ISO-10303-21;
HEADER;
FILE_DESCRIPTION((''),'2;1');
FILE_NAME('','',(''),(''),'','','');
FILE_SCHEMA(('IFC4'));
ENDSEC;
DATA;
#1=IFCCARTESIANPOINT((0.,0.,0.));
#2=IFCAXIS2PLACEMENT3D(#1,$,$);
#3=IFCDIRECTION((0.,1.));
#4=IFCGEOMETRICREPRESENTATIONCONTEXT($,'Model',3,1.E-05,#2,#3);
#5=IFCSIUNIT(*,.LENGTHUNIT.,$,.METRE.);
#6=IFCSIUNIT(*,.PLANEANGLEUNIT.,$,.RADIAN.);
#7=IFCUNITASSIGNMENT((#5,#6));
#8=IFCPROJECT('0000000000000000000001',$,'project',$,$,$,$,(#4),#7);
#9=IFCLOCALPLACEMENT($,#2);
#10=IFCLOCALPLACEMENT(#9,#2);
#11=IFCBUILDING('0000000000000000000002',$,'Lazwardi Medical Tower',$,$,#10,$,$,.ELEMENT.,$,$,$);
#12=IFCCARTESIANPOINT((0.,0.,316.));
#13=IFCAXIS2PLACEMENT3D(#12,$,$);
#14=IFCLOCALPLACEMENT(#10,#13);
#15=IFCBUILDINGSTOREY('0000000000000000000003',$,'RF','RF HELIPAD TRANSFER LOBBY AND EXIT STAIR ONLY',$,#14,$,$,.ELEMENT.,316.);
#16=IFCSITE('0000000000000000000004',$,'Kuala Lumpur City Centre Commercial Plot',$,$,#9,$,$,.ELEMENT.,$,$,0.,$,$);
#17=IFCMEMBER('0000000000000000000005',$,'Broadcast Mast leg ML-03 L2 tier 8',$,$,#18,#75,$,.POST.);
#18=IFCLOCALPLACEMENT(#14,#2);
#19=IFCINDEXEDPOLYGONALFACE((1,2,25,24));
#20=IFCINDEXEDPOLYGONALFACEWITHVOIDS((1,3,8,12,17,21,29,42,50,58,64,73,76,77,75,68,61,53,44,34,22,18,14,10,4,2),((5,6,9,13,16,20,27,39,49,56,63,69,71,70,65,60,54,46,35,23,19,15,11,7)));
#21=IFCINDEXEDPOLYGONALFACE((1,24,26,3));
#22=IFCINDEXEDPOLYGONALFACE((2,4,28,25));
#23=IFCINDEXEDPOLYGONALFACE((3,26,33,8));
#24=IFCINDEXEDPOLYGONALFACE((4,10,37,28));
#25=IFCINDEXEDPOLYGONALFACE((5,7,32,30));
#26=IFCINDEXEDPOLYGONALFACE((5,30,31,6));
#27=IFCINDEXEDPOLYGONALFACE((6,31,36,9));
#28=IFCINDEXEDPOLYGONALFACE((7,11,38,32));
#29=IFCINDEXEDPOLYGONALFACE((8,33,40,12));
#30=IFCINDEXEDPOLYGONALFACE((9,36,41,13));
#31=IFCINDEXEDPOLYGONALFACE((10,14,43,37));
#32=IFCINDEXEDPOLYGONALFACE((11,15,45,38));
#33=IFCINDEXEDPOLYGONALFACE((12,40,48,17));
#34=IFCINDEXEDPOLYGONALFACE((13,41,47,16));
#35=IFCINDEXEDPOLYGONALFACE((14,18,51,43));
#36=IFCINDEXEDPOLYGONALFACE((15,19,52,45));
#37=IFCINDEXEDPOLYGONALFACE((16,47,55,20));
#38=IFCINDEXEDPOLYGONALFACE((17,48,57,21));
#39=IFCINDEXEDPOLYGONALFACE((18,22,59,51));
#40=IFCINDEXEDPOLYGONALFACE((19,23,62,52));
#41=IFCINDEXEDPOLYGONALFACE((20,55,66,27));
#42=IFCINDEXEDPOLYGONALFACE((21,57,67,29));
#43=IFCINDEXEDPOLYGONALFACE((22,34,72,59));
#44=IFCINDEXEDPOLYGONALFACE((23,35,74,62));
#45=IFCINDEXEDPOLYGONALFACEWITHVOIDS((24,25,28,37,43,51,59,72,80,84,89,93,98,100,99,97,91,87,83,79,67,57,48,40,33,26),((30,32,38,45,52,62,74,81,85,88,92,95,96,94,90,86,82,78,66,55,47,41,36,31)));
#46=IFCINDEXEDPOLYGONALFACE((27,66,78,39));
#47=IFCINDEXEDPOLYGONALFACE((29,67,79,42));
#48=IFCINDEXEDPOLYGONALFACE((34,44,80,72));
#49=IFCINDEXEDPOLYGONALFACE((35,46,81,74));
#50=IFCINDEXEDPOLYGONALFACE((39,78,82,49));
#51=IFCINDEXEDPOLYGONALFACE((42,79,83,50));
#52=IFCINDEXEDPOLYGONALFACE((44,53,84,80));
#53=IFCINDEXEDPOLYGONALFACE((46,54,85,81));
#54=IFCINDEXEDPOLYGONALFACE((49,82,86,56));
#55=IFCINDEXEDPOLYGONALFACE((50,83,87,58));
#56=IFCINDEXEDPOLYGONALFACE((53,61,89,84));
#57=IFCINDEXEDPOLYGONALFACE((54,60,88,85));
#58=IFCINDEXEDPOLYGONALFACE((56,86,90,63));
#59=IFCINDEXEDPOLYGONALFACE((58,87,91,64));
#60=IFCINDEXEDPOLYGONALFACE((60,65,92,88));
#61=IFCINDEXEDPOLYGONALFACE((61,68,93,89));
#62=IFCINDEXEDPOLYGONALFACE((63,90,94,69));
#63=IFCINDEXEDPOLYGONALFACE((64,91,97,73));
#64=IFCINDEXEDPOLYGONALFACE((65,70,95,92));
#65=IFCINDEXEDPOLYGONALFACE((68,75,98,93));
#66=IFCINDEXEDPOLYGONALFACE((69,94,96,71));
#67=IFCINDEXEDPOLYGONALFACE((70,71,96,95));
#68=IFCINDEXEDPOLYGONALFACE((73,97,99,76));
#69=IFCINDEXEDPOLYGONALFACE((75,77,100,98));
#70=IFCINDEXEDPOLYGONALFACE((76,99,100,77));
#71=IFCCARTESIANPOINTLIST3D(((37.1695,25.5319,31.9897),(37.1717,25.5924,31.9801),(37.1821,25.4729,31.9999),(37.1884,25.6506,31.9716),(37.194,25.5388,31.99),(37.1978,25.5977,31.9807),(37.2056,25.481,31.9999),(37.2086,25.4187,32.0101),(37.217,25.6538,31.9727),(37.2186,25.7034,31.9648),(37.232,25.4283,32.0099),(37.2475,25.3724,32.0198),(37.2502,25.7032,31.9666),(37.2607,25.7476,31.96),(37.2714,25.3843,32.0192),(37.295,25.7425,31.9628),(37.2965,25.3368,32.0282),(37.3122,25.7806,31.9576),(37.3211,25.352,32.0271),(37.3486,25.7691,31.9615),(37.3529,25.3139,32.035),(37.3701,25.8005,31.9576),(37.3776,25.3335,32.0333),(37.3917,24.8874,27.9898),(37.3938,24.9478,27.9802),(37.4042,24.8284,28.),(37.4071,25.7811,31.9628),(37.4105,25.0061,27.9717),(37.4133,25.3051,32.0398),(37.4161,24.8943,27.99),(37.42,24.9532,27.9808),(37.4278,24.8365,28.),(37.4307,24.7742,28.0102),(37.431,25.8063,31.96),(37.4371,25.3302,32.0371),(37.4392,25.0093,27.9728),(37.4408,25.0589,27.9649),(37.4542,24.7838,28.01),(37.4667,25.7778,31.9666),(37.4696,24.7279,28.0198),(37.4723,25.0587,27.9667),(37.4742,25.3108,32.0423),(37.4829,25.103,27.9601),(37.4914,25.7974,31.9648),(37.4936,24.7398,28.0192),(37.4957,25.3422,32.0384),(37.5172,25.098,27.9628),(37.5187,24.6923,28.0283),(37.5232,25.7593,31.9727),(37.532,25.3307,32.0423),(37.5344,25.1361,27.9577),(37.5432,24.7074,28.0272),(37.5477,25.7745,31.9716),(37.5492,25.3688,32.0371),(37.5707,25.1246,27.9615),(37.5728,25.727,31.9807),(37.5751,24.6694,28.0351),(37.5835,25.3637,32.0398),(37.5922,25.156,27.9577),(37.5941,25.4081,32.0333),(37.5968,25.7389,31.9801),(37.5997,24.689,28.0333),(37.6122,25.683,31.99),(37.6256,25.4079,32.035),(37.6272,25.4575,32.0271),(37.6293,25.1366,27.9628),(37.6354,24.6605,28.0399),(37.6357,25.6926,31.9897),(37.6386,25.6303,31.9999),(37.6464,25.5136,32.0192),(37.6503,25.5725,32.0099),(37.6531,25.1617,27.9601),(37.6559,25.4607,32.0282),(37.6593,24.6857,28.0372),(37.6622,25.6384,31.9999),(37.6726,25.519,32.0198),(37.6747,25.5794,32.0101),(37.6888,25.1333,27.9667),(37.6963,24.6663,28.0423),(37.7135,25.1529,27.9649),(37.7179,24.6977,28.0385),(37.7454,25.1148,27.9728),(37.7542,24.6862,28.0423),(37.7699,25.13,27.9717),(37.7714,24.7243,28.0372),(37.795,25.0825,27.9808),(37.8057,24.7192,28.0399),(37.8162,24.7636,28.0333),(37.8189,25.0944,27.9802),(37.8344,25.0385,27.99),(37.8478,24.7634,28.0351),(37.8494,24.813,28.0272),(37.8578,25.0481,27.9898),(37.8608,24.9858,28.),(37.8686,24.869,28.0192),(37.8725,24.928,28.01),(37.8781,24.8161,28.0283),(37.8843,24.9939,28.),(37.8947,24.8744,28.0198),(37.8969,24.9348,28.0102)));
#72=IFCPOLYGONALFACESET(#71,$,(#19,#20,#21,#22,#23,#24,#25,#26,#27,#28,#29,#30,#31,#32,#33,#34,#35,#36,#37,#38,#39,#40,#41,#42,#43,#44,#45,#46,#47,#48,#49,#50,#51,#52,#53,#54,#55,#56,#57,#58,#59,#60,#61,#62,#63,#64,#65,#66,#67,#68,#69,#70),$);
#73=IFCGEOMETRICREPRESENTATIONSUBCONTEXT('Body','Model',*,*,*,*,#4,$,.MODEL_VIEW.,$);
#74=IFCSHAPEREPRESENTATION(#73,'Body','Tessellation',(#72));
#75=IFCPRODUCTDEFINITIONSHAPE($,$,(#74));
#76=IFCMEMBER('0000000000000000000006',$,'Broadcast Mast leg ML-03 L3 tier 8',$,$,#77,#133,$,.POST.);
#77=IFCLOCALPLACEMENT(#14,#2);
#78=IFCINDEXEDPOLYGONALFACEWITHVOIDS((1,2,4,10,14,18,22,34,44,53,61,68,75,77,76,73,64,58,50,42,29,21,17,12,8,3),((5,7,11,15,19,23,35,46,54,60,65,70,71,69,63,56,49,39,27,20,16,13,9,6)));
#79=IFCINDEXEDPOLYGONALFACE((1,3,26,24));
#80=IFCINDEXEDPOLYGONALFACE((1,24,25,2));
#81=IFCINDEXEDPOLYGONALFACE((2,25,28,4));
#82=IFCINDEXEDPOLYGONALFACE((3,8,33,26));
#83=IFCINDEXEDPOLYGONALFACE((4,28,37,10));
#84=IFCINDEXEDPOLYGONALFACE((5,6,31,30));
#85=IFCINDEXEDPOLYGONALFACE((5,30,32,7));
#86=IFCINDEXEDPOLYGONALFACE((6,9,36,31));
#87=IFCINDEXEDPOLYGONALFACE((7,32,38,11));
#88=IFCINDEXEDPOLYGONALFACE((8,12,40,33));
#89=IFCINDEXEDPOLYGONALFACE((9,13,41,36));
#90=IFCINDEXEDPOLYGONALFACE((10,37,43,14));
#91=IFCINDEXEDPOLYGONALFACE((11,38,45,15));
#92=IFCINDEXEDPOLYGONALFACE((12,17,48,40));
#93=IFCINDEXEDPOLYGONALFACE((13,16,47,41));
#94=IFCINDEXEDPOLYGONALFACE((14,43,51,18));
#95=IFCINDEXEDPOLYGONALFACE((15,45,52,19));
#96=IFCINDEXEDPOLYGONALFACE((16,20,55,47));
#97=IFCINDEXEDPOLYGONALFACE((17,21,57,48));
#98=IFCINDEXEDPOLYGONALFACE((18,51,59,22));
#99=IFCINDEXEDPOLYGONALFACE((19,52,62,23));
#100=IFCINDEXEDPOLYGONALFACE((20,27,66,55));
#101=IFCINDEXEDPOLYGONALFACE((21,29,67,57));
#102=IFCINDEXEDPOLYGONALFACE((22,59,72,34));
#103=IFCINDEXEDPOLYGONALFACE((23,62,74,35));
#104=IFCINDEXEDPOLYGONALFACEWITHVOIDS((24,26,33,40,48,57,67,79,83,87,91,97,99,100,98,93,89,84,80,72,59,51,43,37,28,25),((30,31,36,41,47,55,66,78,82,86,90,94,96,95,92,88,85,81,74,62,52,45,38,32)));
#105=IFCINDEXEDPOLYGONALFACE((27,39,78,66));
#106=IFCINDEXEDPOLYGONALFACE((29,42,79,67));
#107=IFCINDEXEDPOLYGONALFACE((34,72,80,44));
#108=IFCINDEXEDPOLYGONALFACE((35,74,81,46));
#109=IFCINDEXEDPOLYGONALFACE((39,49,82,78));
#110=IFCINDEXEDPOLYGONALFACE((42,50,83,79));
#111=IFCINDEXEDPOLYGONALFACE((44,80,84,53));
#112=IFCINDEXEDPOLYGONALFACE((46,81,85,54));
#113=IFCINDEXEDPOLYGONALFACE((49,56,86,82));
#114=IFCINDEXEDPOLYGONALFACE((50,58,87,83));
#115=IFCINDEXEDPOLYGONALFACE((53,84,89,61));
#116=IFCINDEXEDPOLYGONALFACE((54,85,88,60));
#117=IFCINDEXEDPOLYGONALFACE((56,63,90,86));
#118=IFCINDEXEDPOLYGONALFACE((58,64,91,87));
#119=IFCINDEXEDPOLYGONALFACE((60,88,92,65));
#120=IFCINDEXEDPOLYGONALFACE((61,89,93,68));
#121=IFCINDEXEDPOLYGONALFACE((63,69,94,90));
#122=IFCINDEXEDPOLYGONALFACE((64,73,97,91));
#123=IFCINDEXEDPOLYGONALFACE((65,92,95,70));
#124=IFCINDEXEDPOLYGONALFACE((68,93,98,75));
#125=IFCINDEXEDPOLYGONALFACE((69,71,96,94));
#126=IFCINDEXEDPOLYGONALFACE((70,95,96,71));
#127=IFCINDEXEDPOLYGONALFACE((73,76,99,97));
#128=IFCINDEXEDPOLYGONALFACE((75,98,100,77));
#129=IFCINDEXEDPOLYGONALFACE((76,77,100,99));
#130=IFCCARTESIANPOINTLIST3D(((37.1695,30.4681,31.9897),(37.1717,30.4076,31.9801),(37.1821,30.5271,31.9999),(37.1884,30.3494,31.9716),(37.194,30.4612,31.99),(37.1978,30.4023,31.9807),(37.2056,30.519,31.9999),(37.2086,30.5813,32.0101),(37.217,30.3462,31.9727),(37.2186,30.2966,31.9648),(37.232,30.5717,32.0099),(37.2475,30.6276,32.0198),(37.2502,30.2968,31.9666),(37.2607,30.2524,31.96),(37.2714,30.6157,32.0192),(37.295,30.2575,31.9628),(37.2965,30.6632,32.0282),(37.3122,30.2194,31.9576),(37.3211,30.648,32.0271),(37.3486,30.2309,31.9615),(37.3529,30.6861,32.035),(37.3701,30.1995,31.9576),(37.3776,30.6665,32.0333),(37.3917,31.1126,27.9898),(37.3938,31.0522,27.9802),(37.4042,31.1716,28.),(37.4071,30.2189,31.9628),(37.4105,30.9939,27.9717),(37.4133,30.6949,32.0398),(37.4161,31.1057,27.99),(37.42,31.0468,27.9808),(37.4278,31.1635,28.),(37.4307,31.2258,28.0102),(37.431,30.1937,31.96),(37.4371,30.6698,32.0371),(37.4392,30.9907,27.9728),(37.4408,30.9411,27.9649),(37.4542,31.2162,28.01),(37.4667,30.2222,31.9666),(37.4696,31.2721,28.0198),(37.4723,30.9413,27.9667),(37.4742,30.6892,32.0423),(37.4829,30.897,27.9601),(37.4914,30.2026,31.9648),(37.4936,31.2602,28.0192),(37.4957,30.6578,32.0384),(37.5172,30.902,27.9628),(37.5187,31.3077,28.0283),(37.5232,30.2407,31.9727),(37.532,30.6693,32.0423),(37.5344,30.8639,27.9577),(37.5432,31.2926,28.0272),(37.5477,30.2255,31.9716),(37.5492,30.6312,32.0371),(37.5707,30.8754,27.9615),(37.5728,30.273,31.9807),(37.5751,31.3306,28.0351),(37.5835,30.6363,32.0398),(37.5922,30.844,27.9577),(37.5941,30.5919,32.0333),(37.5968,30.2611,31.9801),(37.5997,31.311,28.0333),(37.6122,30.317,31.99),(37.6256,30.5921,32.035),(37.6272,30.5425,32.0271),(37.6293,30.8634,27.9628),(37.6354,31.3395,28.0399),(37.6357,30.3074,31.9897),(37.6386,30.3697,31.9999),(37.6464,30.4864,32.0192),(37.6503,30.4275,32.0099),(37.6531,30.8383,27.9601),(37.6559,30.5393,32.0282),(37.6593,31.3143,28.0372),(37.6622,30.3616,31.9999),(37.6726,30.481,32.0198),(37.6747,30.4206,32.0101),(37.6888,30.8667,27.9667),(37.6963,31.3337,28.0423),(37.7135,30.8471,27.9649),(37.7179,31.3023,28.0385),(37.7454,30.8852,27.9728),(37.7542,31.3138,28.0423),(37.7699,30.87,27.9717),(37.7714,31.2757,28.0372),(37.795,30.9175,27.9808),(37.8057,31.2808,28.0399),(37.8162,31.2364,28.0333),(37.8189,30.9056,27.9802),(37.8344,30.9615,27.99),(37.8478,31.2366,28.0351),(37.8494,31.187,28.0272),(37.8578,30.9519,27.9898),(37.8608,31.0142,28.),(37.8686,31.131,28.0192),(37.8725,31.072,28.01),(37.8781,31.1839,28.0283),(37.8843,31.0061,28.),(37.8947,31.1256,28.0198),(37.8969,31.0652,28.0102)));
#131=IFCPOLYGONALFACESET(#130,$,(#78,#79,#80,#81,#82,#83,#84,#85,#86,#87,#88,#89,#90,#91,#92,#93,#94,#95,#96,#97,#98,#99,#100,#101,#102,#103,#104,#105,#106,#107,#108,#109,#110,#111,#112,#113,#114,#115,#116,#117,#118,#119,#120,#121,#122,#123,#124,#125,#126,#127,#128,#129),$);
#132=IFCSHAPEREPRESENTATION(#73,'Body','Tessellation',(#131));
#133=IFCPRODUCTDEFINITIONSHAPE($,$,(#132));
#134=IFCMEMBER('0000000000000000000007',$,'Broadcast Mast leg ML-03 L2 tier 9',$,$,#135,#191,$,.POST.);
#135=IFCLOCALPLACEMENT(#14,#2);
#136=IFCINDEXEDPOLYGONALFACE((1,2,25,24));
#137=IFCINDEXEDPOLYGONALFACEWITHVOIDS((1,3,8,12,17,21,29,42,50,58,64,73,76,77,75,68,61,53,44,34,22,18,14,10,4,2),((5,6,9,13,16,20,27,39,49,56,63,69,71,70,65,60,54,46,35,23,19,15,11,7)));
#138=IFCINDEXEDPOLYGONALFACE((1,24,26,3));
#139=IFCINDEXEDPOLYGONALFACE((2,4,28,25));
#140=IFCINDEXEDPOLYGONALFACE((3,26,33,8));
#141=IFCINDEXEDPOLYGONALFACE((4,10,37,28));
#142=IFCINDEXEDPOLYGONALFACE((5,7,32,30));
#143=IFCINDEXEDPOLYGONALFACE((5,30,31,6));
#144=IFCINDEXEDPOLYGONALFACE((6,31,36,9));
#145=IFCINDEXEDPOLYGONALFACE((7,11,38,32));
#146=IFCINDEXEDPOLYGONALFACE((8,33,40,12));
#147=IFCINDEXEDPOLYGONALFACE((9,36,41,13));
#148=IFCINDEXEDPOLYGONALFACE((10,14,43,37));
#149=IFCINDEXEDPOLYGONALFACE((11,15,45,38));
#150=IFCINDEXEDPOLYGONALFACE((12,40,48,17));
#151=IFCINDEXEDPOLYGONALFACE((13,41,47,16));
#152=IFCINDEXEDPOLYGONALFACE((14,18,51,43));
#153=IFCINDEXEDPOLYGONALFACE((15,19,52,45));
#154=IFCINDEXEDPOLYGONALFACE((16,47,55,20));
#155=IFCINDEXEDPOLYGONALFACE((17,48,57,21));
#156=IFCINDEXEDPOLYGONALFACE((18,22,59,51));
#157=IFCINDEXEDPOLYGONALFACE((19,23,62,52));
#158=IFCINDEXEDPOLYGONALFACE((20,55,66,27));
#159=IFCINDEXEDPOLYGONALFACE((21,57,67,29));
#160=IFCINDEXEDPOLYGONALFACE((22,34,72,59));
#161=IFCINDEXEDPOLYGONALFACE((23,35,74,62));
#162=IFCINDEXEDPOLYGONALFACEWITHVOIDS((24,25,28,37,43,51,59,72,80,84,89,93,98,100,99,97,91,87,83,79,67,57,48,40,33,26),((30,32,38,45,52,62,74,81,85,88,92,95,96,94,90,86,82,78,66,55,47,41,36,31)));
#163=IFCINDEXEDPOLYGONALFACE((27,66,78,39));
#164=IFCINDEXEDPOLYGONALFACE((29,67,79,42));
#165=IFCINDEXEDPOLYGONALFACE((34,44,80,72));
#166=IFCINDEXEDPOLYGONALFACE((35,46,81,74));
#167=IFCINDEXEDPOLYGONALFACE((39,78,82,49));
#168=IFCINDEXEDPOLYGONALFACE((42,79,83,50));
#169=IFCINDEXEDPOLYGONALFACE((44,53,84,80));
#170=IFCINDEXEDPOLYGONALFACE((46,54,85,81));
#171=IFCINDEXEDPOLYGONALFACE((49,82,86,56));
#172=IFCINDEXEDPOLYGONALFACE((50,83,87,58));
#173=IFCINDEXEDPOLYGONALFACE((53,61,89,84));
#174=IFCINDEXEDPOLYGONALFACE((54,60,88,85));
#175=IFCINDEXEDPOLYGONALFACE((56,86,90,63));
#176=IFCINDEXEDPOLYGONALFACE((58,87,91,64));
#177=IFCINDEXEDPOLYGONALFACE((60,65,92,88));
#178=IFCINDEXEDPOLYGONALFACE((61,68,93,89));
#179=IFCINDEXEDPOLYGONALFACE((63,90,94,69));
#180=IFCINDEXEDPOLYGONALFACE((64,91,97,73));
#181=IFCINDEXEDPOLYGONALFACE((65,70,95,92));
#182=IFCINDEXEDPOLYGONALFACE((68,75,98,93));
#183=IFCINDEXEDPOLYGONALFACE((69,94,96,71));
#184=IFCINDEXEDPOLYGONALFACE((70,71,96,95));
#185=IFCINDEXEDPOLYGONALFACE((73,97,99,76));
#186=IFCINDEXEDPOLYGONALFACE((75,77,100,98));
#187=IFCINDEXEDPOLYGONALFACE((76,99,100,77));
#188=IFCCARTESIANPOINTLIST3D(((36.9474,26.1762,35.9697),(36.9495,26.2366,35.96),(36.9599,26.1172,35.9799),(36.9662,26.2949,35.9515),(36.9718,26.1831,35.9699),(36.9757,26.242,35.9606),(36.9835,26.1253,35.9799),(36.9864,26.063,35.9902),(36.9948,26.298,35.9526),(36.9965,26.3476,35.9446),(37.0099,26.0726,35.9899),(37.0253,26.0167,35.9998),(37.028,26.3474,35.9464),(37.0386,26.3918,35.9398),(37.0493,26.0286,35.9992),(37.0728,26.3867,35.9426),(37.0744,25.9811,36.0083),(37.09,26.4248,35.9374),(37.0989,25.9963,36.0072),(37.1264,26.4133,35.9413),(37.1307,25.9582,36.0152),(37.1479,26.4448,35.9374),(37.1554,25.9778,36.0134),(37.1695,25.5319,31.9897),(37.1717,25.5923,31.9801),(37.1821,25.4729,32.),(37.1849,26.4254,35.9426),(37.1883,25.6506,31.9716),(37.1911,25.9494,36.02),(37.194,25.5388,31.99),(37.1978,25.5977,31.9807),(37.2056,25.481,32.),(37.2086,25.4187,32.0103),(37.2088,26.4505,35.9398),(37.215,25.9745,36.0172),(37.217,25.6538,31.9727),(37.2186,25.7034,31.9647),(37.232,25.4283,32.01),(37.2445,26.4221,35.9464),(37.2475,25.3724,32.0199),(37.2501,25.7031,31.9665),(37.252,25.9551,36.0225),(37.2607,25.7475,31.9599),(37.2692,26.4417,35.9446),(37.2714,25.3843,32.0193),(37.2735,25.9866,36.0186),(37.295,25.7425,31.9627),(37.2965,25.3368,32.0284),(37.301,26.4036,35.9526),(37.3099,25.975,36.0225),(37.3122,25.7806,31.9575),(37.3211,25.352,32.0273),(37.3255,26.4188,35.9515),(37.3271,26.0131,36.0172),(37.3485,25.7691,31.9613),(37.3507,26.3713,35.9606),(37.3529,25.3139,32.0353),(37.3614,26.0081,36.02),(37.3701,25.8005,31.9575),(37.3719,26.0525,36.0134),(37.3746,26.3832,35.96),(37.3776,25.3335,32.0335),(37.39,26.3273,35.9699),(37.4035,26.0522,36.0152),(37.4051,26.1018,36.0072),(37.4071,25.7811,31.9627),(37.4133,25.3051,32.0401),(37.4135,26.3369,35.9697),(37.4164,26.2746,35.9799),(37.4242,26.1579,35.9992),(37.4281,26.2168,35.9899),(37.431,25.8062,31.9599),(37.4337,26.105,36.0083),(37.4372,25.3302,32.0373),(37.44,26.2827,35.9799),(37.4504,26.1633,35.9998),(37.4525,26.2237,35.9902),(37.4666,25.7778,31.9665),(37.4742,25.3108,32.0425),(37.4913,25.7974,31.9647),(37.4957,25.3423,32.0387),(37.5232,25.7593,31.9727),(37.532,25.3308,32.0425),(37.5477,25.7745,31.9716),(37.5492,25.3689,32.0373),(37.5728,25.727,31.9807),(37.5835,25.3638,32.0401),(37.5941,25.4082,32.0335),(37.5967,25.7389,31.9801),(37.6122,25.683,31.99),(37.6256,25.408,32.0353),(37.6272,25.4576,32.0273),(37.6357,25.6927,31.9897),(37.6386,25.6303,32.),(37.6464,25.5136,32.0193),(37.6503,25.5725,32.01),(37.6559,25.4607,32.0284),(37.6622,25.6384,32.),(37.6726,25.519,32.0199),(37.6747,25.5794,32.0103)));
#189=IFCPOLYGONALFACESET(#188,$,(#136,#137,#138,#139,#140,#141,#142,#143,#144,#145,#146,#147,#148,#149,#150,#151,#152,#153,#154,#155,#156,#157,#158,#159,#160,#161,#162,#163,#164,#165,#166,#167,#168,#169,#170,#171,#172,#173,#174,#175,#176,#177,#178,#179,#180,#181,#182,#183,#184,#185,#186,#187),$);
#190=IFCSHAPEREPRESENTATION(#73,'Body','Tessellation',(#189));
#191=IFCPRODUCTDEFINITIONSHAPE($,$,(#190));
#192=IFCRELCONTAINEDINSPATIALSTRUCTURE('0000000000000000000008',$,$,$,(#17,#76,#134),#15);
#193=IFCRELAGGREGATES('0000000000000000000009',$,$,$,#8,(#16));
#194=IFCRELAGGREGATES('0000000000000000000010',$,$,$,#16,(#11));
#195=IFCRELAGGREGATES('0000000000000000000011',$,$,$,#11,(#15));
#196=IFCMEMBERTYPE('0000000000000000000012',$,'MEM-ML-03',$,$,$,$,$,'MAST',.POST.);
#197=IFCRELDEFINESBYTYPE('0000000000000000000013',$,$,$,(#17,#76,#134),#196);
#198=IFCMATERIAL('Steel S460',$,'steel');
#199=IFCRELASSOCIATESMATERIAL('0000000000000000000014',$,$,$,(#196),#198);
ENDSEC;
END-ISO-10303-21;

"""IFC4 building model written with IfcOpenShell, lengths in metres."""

from ifc_helpers import new_model, si_unit, direction, frame, origin, origin_2d, place, context, subcontext, project, spatial, hollow_circle, extrude, material, material_profile, profile_set, type_object, element, save


model = new_model("IFC4")

# Units and contexts
model_context = context("Model", 3, precision=1e-05, world=origin(), true_north=direction((0.0, 1.0)))
body_context = subcontext(model_context, "Body", "Model", "MODEL_VIEW")
ifc_project = project(units=[si_unit("LENGTHUNIT", "METRE"), si_unit("PLANEANGLEUNIT", "RADIAN")], contexts=[model_context])

# Site, building, storey
site_placement = place(None, origin())
site = spatial("IfcSite", under=ifc_project, at=site_placement, Name="Kuala Lumpur City Centre Commercial Plot", CompositionType="ELEMENT", RefElevation=0.0)
building_placement = place(site_placement, origin())
building = spatial("IfcBuilding", under=site, at=building_placement, Name="Lazwardi Medical Tower", CompositionType="ELEMENT")
storey_placement = place(building_placement, frame((0.0, 0.0, 316.0)))
storey = spatial("IfcBuildingStorey", under=building, at=storey_placement, Name="RF", Description="RF HELIPAD TRANSFER LOBBY AND EXIT STAIR ONLY", CompositionType="ELEMENT", Elevation=316.0)

# Members
ifc_material = material(Name="Steel S460", Category="steel")
ifc_material_profile_1 = material_profile(ifc_material, hollow_circle(Radius=0.2539, WallThickness=0.0249, at=origin_2d()), Name="CHS 508x25")
ifc_profile_set_1 = profile_set([ifc_material_profile_1], Name="Steel S460")
member_type_1 = type_object("IfcMemberType", Name="MEM-ML-03", ElementType="MAST", PredefinedType="POST", material=ifc_profile_set_1)
for number, where, z_axis, x_axis, name in (
    (1, (37.6443, 24.9111, 28.0), (-0.054752, 0.158842, 0.985785), (-0.945411, -0.32588, 0.0), "Broadcast Mast leg ML-03 L2 tier 8"),
    (2, (37.6443, 31.0889, 28.0), (-0.054752, -0.158842, 0.985785), (0.945411, -0.32588, 0.0), "Broadcast Mast leg ML-03 L3 tier 8"),
):
    element("IfcMember", number, at=place(storey_placement, frame(where, z_axis=z_axis, x_axis=x_axis)), inside=storey, type_object=member_type_1, Name=name, PredefinedType="POST", context=body_context, shape_type="SweptSolid", body=[
        extrude(hollow_circle(Radius=0.2539, WallThickness=0.0249, at=origin_2d()), origin(), (0.0, 0.0, 1.0), 4.0576),
    ])
for number, where, z_axis, x_axis, name in (
    (3, (37.4221, 25.5557, 32.0), (-0.055021, 0.15956, 0.985654), (-0.945373, -0.325991, 0.0), "Broadcast Mast leg ML-03 L2 tier 9"),
):
    element("IfcMember", number, at=place(storey_placement, frame(where, z_axis=z_axis, x_axis=x_axis)), inside=storey, type_object=member_type_1, Name=name, PredefinedType="POST", context=body_context, shape_type="SweptSolid", body=[
        extrude(hollow_circle(Radius=0.2539, WallThickness=0.0249, at=origin_2d()), origin(), (0.0, 0.0, 1.0), 4.0378),
    ])

save(model, "model.ifc")
